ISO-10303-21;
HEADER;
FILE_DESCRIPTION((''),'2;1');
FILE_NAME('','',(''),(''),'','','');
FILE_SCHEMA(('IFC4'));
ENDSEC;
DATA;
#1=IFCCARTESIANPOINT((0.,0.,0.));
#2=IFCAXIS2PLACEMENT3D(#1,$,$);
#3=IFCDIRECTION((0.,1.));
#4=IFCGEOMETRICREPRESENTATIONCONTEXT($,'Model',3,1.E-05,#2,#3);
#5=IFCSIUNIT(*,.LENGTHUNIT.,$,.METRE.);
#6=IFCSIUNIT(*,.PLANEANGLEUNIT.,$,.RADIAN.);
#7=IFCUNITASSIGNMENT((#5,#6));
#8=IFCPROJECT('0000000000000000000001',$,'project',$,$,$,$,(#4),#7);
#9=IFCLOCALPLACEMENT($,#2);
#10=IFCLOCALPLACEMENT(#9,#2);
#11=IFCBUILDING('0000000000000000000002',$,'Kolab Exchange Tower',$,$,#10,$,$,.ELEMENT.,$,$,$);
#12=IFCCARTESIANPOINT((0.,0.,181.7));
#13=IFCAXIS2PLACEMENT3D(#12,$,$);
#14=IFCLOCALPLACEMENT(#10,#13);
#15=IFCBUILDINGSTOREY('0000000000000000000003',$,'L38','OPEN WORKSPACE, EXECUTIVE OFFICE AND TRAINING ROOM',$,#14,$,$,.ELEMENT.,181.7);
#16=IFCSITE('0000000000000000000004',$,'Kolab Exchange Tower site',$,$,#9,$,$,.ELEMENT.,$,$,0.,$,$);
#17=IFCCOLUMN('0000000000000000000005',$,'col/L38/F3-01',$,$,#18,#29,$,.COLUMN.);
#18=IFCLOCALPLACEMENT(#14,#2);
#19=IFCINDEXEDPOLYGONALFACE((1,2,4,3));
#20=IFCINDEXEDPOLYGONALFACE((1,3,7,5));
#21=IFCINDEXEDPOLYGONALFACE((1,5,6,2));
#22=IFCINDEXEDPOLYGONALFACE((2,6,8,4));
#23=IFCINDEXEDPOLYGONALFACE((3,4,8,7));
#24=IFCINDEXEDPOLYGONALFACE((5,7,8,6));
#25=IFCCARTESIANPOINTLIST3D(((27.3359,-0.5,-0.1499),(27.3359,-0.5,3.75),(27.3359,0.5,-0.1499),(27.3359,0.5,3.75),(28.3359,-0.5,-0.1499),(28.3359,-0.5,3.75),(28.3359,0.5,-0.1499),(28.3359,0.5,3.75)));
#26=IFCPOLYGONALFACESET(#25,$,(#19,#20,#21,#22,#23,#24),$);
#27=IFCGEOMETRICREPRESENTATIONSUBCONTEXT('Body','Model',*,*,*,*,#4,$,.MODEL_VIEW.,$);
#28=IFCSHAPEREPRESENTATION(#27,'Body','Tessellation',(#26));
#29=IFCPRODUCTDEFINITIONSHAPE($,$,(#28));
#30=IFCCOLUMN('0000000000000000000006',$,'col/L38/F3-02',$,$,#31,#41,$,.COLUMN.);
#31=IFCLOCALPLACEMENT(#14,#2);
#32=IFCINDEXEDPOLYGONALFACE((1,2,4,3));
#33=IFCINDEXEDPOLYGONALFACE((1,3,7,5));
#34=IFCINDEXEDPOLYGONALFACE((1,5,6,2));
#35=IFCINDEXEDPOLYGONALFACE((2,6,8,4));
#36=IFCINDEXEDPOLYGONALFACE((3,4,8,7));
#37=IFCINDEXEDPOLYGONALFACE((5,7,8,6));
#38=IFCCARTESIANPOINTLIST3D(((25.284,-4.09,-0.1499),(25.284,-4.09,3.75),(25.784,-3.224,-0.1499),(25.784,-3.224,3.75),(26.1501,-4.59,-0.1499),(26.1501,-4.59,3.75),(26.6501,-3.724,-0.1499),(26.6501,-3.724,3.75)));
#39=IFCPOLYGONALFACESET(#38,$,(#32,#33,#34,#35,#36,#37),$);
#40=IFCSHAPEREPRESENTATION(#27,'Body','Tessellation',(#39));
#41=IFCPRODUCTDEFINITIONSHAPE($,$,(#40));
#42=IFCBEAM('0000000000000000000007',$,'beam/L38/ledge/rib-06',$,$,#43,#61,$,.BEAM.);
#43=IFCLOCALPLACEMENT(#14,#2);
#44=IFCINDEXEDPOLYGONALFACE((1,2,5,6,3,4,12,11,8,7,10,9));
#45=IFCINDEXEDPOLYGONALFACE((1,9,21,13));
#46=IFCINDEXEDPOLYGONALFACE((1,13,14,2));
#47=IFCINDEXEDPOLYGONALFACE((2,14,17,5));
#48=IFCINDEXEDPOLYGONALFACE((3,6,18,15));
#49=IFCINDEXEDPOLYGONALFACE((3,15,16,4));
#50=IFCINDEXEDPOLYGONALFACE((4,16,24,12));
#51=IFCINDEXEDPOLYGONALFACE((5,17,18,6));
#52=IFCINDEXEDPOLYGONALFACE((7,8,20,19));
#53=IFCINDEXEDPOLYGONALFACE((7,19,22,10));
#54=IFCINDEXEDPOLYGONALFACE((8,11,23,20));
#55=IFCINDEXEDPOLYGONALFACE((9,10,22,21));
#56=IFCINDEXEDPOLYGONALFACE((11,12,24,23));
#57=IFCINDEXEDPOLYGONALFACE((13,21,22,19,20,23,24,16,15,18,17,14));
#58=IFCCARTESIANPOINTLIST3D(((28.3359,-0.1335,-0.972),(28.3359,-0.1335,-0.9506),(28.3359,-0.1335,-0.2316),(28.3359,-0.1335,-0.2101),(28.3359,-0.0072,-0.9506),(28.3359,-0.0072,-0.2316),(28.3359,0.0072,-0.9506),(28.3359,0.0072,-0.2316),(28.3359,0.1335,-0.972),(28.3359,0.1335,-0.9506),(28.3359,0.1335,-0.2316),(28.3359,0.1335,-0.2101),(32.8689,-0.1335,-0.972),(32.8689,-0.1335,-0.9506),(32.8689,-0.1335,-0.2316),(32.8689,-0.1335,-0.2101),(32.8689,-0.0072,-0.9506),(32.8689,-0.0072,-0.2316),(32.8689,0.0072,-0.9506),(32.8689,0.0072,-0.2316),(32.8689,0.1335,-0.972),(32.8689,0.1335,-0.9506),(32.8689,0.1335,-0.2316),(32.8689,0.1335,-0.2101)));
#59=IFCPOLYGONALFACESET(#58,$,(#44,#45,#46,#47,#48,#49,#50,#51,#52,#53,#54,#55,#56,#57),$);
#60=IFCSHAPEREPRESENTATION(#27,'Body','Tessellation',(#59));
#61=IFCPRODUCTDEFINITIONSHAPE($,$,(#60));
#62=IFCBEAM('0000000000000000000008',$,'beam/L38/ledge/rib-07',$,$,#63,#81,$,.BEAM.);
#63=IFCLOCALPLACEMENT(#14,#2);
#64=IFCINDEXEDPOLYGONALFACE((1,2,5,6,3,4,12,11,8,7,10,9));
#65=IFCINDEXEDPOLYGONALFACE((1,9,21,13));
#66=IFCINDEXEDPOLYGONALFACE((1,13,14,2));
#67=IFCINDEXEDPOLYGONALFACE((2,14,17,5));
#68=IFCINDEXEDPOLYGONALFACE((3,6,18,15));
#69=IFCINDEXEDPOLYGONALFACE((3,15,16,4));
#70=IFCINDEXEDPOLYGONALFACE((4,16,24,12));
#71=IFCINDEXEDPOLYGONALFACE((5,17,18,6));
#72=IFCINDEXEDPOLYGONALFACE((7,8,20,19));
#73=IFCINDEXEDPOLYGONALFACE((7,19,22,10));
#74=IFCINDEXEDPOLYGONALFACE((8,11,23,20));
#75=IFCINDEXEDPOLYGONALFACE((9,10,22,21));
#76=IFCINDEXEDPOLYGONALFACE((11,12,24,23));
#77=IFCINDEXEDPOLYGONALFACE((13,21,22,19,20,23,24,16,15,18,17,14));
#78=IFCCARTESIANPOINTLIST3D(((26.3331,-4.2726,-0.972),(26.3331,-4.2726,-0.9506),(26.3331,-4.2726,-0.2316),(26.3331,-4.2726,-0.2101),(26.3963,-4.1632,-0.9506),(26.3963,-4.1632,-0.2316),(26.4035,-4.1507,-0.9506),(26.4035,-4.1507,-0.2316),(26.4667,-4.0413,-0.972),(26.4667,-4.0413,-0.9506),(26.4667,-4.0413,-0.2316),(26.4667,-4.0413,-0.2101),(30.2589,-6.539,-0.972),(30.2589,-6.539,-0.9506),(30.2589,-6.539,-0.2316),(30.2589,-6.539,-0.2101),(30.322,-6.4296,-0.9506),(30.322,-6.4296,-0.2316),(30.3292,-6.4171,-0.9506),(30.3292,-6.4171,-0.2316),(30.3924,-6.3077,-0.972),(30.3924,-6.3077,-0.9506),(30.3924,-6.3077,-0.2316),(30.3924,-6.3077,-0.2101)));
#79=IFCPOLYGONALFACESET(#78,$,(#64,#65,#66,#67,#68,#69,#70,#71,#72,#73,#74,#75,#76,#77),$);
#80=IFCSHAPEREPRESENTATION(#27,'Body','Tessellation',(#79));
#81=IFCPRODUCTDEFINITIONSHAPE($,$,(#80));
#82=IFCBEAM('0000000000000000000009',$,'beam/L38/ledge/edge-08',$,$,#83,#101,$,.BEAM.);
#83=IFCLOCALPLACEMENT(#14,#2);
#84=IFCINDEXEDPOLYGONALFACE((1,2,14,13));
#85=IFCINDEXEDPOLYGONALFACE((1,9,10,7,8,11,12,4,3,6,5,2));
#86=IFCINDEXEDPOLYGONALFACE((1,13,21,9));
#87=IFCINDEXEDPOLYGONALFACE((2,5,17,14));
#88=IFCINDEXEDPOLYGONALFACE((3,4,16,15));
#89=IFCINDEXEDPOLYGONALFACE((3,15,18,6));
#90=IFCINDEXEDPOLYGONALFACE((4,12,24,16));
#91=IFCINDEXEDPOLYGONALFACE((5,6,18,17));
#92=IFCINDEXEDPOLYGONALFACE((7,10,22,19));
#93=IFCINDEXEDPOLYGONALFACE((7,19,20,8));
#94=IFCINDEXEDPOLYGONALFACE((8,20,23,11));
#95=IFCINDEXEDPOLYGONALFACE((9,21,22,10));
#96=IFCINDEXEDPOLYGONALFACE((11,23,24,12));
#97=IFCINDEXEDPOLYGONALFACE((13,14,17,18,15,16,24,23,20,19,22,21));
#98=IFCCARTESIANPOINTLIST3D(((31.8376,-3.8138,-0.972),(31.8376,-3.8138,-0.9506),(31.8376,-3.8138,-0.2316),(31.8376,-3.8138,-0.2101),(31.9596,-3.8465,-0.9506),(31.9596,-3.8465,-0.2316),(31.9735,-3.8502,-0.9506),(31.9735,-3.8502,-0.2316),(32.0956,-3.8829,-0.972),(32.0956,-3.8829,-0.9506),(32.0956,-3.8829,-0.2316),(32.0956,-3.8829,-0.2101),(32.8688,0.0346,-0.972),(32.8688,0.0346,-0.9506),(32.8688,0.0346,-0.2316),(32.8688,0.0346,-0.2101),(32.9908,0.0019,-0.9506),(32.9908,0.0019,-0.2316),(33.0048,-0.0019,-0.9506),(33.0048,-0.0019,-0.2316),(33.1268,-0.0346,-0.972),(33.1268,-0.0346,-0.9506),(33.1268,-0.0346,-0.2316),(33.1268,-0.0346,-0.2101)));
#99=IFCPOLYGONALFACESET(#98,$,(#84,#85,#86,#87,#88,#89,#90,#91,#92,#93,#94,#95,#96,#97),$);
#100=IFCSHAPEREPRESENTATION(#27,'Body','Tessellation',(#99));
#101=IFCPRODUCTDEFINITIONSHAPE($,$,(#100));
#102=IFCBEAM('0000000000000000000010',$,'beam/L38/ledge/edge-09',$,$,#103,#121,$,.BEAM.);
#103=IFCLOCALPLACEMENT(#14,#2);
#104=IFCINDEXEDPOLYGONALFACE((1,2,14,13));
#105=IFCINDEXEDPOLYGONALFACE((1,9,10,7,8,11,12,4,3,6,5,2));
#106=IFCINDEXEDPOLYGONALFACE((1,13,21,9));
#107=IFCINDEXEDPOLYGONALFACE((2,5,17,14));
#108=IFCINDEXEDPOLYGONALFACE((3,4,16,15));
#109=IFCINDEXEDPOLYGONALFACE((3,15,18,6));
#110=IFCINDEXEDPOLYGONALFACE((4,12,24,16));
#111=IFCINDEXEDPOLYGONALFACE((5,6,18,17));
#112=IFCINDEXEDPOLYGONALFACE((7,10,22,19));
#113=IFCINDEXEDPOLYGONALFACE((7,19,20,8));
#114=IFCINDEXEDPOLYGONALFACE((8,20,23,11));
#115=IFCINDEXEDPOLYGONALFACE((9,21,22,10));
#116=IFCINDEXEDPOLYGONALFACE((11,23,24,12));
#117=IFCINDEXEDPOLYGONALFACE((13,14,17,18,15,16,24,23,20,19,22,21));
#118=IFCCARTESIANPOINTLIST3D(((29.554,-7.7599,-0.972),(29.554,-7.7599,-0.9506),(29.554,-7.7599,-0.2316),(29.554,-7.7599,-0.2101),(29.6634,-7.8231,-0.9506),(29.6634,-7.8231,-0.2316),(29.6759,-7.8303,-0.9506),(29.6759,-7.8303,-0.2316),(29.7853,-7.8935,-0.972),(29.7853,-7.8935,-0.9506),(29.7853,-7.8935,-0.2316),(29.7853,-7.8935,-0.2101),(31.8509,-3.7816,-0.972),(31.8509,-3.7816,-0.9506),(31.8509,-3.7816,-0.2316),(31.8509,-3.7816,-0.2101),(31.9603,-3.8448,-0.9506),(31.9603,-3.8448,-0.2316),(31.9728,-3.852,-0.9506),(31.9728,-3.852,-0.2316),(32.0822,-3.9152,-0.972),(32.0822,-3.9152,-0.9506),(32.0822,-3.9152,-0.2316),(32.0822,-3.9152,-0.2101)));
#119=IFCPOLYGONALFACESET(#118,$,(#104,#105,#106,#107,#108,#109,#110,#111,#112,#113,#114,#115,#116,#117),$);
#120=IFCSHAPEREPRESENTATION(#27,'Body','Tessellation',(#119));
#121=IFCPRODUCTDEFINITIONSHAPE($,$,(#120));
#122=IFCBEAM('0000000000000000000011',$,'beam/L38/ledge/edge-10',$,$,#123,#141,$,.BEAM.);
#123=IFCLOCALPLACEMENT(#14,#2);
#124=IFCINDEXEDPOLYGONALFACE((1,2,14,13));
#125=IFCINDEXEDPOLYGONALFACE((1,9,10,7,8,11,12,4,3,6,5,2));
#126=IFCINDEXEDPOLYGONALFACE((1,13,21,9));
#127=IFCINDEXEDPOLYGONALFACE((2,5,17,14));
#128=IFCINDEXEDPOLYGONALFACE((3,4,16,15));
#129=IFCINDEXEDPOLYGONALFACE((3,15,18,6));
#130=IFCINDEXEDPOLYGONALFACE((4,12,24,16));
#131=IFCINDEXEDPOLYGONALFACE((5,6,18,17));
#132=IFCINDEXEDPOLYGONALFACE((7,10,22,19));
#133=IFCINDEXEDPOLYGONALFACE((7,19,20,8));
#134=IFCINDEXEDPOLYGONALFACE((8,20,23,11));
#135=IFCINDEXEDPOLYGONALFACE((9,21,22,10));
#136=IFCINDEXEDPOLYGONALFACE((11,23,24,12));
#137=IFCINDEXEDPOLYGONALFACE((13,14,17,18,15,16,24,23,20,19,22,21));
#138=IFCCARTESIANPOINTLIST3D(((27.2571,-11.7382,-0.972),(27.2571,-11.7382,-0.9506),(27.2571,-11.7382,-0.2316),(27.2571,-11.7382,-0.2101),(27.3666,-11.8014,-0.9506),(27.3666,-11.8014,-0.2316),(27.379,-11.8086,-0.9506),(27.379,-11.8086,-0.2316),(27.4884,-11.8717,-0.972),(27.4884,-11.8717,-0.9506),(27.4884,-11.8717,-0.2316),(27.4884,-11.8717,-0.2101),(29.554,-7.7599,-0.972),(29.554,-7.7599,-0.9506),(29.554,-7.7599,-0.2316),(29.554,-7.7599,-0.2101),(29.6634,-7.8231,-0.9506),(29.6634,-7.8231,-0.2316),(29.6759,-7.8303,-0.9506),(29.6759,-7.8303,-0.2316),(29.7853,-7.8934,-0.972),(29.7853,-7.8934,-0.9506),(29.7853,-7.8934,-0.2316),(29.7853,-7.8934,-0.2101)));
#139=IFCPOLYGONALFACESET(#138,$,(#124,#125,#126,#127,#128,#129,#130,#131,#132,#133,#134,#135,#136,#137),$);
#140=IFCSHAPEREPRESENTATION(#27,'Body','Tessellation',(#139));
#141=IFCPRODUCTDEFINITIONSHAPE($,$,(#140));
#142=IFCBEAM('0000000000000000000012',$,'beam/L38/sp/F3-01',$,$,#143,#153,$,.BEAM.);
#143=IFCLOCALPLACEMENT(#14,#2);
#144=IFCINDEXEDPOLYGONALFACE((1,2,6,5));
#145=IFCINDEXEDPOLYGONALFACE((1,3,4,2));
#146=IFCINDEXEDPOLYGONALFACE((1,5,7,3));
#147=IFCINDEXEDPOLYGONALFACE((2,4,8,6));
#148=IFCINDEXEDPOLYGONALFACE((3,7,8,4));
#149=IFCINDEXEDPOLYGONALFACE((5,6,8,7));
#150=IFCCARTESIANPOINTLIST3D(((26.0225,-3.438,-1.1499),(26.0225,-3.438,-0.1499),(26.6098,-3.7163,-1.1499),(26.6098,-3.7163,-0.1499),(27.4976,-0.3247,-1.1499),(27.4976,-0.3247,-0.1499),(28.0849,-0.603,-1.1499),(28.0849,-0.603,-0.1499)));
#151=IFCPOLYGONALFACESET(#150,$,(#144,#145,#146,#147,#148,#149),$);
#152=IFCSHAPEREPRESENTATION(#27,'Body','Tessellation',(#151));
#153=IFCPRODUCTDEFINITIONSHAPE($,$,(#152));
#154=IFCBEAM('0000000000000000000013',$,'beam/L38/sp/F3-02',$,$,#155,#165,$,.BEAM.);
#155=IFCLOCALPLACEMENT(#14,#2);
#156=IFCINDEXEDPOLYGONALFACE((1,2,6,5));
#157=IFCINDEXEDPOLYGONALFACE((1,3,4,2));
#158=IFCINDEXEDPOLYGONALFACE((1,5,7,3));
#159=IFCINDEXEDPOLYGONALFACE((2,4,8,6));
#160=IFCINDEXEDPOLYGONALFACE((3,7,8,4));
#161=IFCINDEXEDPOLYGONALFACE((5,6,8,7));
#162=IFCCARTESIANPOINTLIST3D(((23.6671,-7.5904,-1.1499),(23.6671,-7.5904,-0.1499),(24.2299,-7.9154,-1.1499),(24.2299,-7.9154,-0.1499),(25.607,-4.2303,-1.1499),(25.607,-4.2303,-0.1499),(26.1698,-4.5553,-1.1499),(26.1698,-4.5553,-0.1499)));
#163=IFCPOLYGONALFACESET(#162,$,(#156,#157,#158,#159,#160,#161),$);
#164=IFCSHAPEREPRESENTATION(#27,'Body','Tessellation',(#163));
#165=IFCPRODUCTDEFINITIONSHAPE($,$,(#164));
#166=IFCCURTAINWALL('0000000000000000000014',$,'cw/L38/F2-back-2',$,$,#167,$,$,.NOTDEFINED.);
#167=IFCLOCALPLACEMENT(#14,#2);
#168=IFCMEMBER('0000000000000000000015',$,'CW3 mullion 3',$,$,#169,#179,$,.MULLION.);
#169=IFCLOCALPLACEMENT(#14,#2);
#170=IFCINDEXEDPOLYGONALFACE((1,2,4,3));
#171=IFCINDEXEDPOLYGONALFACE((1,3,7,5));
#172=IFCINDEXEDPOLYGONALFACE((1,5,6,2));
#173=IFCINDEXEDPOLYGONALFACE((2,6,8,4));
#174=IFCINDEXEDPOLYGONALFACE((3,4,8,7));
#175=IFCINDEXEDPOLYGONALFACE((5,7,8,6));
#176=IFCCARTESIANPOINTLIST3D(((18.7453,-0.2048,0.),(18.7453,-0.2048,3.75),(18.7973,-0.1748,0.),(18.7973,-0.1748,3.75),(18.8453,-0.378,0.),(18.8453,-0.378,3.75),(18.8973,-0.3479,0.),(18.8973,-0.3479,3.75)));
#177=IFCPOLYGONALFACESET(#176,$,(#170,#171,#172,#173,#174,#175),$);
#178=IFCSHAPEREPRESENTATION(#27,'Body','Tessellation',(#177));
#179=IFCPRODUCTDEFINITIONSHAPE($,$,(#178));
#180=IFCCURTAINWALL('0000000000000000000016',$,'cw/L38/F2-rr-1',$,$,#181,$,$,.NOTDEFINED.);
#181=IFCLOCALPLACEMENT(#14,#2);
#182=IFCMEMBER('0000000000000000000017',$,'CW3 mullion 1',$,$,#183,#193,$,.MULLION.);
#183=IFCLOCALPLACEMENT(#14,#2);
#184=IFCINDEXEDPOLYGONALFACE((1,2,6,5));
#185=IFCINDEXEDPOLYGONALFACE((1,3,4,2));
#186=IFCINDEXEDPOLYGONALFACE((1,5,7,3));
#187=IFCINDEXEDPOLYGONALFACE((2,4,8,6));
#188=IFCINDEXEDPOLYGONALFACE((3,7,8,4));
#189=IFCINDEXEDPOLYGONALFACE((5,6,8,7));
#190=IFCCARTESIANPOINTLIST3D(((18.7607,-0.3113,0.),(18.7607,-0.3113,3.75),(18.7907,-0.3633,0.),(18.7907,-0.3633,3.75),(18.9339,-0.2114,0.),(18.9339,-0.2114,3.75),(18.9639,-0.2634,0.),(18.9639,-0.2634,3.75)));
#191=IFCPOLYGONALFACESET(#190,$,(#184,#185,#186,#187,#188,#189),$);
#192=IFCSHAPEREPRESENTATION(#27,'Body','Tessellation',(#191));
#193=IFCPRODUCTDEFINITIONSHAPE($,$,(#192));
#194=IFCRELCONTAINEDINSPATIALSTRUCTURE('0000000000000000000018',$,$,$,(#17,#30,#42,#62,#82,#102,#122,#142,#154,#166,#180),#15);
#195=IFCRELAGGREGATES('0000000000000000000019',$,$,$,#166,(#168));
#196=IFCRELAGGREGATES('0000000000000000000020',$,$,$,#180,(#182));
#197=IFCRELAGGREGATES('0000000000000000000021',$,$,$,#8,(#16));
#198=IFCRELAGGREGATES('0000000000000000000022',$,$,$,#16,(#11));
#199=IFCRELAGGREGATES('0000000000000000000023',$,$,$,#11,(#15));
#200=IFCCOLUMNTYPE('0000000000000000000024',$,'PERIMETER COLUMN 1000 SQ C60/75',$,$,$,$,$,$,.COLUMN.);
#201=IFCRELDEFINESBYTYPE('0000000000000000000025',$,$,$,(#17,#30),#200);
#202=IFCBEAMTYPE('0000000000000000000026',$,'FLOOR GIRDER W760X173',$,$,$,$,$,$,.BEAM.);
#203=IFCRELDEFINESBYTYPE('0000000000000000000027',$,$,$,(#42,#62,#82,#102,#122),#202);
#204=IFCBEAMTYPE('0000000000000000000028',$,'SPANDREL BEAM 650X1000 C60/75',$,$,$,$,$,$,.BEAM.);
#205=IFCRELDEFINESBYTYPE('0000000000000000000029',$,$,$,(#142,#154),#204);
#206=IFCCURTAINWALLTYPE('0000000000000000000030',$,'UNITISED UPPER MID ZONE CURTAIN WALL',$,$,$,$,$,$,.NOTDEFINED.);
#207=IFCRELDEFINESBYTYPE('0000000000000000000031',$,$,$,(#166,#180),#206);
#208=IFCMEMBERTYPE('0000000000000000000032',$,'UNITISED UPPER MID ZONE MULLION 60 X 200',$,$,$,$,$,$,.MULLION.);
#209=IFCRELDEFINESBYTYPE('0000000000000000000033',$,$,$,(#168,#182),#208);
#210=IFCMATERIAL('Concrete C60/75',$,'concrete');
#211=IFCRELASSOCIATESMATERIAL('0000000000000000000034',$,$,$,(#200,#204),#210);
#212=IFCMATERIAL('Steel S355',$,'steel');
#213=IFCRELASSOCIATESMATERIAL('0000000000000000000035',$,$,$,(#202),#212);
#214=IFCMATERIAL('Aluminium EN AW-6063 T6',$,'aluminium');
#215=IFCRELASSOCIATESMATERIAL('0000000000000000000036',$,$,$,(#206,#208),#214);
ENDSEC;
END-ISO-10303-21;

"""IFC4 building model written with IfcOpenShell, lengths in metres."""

from ifc_helpers import new_model, si_unit, direction, frame, origin, origin_2d, place, context, subcontext, project, spatial, rectangle, i_section, extrude, material, material_profile, profile_set, type_object, element, aggregate, save


model = new_model("IFC4")

# Units and contexts
model_context = context("Model", 3, precision=1e-05, world=origin(), true_north=direction((0.0, 1.0)))
body_context = subcontext(model_context, "Body", "Model", "MODEL_VIEW")
ifc_project = project(units=[si_unit("LENGTHUNIT", "METRE"), si_unit("PLANEANGLEUNIT", "RADIAN")], contexts=[model_context])

# Site, building, storey
site_placement = place(None, origin())
site = spatial("IfcSite", under=ifc_project, at=site_placement, Name="Kolab Exchange Tower site", CompositionType="ELEMENT", RefElevation=0.0)
building_placement = place(site_placement, origin())
building = spatial("IfcBuilding", under=site, at=building_placement, Name="Kolab Exchange Tower", CompositionType="ELEMENT")
storey_placement = place(building_placement, frame((0.0, 0.0, 181.7)))
storey = spatial("IfcBuildingStorey", under=building, at=storey_placement, Name="L38", Description="OPEN WORKSPACE, EXECUTIVE OFFICE AND TRAINING ROOM", CompositionType="ELEMENT", Elevation=181.7)

# Columns
ifc_material_1 = material(Name="Concrete C60/75", Category="concrete")
ifc_material_profile_1 = material_profile(ifc_material_1, rectangle(XDim=1.0, YDim=1.0, at=origin_2d()), Name="RC1000")
ifc_profile_set_1 = profile_set([ifc_material_profile_1], Name="Concrete C60/75")
column_type = type_object("IfcColumnType", Name="PERIMETER COLUMN 1000 SQ C60/75", PredefinedType="COLUMN", material=ifc_profile_set_1)
for number, where, z_axis, x_axis, name in (
    (1, (27.8359, 0.0, -0.1499), (0.0, 0.0, 1.0), (1.0, 0.0, 0.0), "col/L38/F3-01"),
    (2, (25.967, -3.907, -0.1499), (0.0, 0.0, 1.0), (0.5, 0.866025, 0.0), "col/L38/F3-02"),
):
    element("IfcColumn", number, at=place(storey_placement, frame(where, z_axis=z_axis, x_axis=x_axis)), inside=storey, type_object=column_type, Name=name, PredefinedType="COLUMN", context=body_context, shape_type="SweptSolid", body=[
        extrude(rectangle(XDim=1.0, YDim=1.0, at=origin_2d()), origin(), (0.0, 0.0, 1.0), 3.8999),
    ])

# Beams
ifc_material_2 = material(Name="Steel S355", Category="steel")
ifc_material_profile_2 = material_profile(ifc_material_2, i_section(OverallWidth=0.2671, OverallDepth=0.762, WebThickness=0.0144, FlangeThickness=0.0215, at=origin_2d()), Name="W760X173")
ifc_profile_set_2 = profile_set([ifc_material_profile_2], Name="Steel S355")
beam_type_1 = type_object("IfcBeamType", Name="FLOOR GIRDER W760X173", PredefinedType="BEAM", material=ifc_profile_set_2)
for number, where, z_axis, x_axis, name in (
    (3, (28.3359, 0.0, -0.5911), (1.0, 0.0, 0.0), (0.0, 1.0, 0.0), "beam/L38/ledge/rib-06"),
    (4, (26.3999, -4.157, -0.5911), (0.866044, -0.499968, 0.0), (0.499968, 0.866044, 0.0), "beam/L38/ledge/rib-07"),
):
    element("IfcBeam", number, at=place(storey_placement, frame(where, z_axis=z_axis, x_axis=x_axis)), inside=storey, type_object=beam_type_1, Name=name, PredefinedType="BEAM", context=body_context, shape_type="SweptSolid", body=[
        extrude(i_section(OverallWidth=0.2671, OverallDepth=0.762, WebThickness=0.0144, FlangeThickness=0.0215, at=origin_2d()), origin(), (0.0, 0.0, 1.0), 4.533),
    ])
beam_1_placement = place(storey_placement, frame((32.9978, 0.0, -0.5911), z_axis=(-0.258837, -0.965921, 0.0), x_axis=(0.965921, -0.258837, 0.0)))
element("IfcBeam", 5, at=beam_1_placement, inside=storey, type_object=beam_type_1, Name="beam/L38/ledge/edge-08", PredefinedType="BEAM", context=body_context, shape_type="SweptSolid", body=[
    extrude(i_section(OverallWidth=0.2671, OverallDepth=0.762, WebThickness=0.0144, FlangeThickness=0.0215, at=origin_2d()), origin(), (0.0, 0.0, 1.0), 3.9841),
])
for number, where, z_axis, x_axis, name in (
    (6, (31.9666, -3.8484, -0.5911), (-0.500003, -0.866024, 0.0), (0.866024, -0.500003, 0.0), "beam/L38/ledge/edge-09"),
    (7, (29.6697, -7.8267, -0.5911), (-0.500003, -0.866024, 0.0), (0.866024, -0.500003, 0.0), "beam/L38/ledge/edge-10"),
):
    element("IfcBeam", number, at=place(storey_placement, frame(where, z_axis=z_axis, x_axis=x_axis)), inside=storey, type_object=beam_type_1, Name=name, PredefinedType="BEAM", context=body_context, shape_type="SweptSolid", body=[
        extrude(i_section(OverallWidth=0.2671, OverallDepth=0.762, WebThickness=0.0144, FlangeThickness=0.0215, at=origin_2d()), origin(), (0.0, 0.0, 1.0), 4.5938),
    ])
ifc_material_profile_3 = material_profile(ifc_material_1, rectangle(XDim=0.6499, YDim=1.0, at=origin_2d()), Name="RC650X1000")
ifc_profile_set_3 = profile_set([ifc_material_profile_3], Name="Concrete C60/75")
beam_type_2 = type_object("IfcBeamType", Name="SPANDREL BEAM 650X1000 C60/75", PredefinedType="BEAM", material=ifc_profile_set_3)
beam_2_placement = place(storey_placement, frame((27.7913, -0.4639, -0.6499), z_axis=(-0.428178, -0.903695, 0.0), x_axis=(0.903695, -0.428178, 0.0)))
element("IfcBeam", 8, at=beam_2_placement, inside=storey, type_object=beam_type_2, Name="beam/L38/sp/F3-01", PredefinedType="BEAM", context=body_context, shape_type="SweptSolid", body=[
    extrude(rectangle(XDim=0.6499, YDim=1.0, at=origin_2d()), origin(), (0.0, 0.0, 1.0), 3.4451),
])
beam_3_placement = place(storey_placement, frame((25.8884, -4.3928, -0.6499), z_axis=(-0.499997, -0.866027, 0.0), x_axis=(0.866027, -0.499997, 0.0)))
element("IfcBeam", 9, at=beam_3_placement, inside=storey, type_object=beam_type_2, Name="beam/L38/sp/F3-02", PredefinedType="BEAM", context=body_context, shape_type="SweptSolid", body=[
    extrude(rectangle(XDim=0.6499, YDim=1.0, at=origin_2d()), origin(), (0.0, 0.0, 1.0), 3.8799),
])

# Curtain walls, members
ifc_material_3 = material(Name="Aluminium EN AW-6063 T6", Category="aluminium")
curtain_wall_type = type_object("IfcCurtainWallType", Name="UNITISED UPPER MID ZONE CURTAIN WALL", PredefinedType="NOTDEFINED", material=ifc_material_3)
curtain_wall_1_placement = place(storey_placement, origin())
curtain_wall_1 = element("IfcCurtainWall", 10, at=curtain_wall_1_placement, inside=storey, type_object=curtain_wall_type, Name="cw/L38/F2-back-2", PredefinedType="NOTDEFINED")
ifc_material_profile_4 = material_profile(ifc_material_3, rectangle(XDim=0.0601, YDim=0.2, at=origin_2d()), Name="RECT 60X200")
ifc_profile_set_4 = profile_set([ifc_material_profile_4], Name="Aluminium EN AW-6063 T6")
member_type_1 = type_object("IfcMemberType", Name="UNITISED UPPER MID ZONE MULLION 60 X 200", PredefinedType="MULLION", material=ifc_profile_set_4)
member_1_placement = place(storey_placement, frame((18.8213, -0.2764, 0.0), z_axis=(0.0, 0.0, 1.0), x_axis=(0.866025, 0.5, 0.0)))
member_1 = element("IfcMember", 11, at=member_1_placement, type_object=member_type_1, Name="CW3 mullion 3", PredefinedType="MULLION", context=body_context, shape_type="SweptSolid", body=[
    extrude(rectangle(XDim=0.0601, YDim=0.2, at=origin_2d()), origin(), (0.0, 0.0, 1.0), 3.75),
])
aggregate(curtain_wall_1, [member_1])
curtain_wall_2_placement = place(storey_placement, origin())
curtain_wall_2 = element("IfcCurtainWall", 12, at=curtain_wall_2_placement, inside=storey, type_object=curtain_wall_type, Name="cw/L38/F2-rr-1", PredefinedType="NOTDEFINED")
member_2_placement = place(storey_placement, frame((18.8623, -0.2874, 0.0), z_axis=(0.0, 0.0, 1.0), x_axis=(-0.5, 0.866025, 0.0)))
member_2 = element("IfcMember", 13, at=member_2_placement, type_object=member_type_1, Name="CW3 mullion 1", PredefinedType="MULLION", context=body_context, shape_type="SweptSolid", body=[
    extrude(rectangle(XDim=0.0601, YDim=0.2, at=origin_2d()), origin(), (0.0, 0.0, 1.0), 3.75),
])

aggregate(curtain_wall_2, [member_2])

save(model, "model.ifc")
